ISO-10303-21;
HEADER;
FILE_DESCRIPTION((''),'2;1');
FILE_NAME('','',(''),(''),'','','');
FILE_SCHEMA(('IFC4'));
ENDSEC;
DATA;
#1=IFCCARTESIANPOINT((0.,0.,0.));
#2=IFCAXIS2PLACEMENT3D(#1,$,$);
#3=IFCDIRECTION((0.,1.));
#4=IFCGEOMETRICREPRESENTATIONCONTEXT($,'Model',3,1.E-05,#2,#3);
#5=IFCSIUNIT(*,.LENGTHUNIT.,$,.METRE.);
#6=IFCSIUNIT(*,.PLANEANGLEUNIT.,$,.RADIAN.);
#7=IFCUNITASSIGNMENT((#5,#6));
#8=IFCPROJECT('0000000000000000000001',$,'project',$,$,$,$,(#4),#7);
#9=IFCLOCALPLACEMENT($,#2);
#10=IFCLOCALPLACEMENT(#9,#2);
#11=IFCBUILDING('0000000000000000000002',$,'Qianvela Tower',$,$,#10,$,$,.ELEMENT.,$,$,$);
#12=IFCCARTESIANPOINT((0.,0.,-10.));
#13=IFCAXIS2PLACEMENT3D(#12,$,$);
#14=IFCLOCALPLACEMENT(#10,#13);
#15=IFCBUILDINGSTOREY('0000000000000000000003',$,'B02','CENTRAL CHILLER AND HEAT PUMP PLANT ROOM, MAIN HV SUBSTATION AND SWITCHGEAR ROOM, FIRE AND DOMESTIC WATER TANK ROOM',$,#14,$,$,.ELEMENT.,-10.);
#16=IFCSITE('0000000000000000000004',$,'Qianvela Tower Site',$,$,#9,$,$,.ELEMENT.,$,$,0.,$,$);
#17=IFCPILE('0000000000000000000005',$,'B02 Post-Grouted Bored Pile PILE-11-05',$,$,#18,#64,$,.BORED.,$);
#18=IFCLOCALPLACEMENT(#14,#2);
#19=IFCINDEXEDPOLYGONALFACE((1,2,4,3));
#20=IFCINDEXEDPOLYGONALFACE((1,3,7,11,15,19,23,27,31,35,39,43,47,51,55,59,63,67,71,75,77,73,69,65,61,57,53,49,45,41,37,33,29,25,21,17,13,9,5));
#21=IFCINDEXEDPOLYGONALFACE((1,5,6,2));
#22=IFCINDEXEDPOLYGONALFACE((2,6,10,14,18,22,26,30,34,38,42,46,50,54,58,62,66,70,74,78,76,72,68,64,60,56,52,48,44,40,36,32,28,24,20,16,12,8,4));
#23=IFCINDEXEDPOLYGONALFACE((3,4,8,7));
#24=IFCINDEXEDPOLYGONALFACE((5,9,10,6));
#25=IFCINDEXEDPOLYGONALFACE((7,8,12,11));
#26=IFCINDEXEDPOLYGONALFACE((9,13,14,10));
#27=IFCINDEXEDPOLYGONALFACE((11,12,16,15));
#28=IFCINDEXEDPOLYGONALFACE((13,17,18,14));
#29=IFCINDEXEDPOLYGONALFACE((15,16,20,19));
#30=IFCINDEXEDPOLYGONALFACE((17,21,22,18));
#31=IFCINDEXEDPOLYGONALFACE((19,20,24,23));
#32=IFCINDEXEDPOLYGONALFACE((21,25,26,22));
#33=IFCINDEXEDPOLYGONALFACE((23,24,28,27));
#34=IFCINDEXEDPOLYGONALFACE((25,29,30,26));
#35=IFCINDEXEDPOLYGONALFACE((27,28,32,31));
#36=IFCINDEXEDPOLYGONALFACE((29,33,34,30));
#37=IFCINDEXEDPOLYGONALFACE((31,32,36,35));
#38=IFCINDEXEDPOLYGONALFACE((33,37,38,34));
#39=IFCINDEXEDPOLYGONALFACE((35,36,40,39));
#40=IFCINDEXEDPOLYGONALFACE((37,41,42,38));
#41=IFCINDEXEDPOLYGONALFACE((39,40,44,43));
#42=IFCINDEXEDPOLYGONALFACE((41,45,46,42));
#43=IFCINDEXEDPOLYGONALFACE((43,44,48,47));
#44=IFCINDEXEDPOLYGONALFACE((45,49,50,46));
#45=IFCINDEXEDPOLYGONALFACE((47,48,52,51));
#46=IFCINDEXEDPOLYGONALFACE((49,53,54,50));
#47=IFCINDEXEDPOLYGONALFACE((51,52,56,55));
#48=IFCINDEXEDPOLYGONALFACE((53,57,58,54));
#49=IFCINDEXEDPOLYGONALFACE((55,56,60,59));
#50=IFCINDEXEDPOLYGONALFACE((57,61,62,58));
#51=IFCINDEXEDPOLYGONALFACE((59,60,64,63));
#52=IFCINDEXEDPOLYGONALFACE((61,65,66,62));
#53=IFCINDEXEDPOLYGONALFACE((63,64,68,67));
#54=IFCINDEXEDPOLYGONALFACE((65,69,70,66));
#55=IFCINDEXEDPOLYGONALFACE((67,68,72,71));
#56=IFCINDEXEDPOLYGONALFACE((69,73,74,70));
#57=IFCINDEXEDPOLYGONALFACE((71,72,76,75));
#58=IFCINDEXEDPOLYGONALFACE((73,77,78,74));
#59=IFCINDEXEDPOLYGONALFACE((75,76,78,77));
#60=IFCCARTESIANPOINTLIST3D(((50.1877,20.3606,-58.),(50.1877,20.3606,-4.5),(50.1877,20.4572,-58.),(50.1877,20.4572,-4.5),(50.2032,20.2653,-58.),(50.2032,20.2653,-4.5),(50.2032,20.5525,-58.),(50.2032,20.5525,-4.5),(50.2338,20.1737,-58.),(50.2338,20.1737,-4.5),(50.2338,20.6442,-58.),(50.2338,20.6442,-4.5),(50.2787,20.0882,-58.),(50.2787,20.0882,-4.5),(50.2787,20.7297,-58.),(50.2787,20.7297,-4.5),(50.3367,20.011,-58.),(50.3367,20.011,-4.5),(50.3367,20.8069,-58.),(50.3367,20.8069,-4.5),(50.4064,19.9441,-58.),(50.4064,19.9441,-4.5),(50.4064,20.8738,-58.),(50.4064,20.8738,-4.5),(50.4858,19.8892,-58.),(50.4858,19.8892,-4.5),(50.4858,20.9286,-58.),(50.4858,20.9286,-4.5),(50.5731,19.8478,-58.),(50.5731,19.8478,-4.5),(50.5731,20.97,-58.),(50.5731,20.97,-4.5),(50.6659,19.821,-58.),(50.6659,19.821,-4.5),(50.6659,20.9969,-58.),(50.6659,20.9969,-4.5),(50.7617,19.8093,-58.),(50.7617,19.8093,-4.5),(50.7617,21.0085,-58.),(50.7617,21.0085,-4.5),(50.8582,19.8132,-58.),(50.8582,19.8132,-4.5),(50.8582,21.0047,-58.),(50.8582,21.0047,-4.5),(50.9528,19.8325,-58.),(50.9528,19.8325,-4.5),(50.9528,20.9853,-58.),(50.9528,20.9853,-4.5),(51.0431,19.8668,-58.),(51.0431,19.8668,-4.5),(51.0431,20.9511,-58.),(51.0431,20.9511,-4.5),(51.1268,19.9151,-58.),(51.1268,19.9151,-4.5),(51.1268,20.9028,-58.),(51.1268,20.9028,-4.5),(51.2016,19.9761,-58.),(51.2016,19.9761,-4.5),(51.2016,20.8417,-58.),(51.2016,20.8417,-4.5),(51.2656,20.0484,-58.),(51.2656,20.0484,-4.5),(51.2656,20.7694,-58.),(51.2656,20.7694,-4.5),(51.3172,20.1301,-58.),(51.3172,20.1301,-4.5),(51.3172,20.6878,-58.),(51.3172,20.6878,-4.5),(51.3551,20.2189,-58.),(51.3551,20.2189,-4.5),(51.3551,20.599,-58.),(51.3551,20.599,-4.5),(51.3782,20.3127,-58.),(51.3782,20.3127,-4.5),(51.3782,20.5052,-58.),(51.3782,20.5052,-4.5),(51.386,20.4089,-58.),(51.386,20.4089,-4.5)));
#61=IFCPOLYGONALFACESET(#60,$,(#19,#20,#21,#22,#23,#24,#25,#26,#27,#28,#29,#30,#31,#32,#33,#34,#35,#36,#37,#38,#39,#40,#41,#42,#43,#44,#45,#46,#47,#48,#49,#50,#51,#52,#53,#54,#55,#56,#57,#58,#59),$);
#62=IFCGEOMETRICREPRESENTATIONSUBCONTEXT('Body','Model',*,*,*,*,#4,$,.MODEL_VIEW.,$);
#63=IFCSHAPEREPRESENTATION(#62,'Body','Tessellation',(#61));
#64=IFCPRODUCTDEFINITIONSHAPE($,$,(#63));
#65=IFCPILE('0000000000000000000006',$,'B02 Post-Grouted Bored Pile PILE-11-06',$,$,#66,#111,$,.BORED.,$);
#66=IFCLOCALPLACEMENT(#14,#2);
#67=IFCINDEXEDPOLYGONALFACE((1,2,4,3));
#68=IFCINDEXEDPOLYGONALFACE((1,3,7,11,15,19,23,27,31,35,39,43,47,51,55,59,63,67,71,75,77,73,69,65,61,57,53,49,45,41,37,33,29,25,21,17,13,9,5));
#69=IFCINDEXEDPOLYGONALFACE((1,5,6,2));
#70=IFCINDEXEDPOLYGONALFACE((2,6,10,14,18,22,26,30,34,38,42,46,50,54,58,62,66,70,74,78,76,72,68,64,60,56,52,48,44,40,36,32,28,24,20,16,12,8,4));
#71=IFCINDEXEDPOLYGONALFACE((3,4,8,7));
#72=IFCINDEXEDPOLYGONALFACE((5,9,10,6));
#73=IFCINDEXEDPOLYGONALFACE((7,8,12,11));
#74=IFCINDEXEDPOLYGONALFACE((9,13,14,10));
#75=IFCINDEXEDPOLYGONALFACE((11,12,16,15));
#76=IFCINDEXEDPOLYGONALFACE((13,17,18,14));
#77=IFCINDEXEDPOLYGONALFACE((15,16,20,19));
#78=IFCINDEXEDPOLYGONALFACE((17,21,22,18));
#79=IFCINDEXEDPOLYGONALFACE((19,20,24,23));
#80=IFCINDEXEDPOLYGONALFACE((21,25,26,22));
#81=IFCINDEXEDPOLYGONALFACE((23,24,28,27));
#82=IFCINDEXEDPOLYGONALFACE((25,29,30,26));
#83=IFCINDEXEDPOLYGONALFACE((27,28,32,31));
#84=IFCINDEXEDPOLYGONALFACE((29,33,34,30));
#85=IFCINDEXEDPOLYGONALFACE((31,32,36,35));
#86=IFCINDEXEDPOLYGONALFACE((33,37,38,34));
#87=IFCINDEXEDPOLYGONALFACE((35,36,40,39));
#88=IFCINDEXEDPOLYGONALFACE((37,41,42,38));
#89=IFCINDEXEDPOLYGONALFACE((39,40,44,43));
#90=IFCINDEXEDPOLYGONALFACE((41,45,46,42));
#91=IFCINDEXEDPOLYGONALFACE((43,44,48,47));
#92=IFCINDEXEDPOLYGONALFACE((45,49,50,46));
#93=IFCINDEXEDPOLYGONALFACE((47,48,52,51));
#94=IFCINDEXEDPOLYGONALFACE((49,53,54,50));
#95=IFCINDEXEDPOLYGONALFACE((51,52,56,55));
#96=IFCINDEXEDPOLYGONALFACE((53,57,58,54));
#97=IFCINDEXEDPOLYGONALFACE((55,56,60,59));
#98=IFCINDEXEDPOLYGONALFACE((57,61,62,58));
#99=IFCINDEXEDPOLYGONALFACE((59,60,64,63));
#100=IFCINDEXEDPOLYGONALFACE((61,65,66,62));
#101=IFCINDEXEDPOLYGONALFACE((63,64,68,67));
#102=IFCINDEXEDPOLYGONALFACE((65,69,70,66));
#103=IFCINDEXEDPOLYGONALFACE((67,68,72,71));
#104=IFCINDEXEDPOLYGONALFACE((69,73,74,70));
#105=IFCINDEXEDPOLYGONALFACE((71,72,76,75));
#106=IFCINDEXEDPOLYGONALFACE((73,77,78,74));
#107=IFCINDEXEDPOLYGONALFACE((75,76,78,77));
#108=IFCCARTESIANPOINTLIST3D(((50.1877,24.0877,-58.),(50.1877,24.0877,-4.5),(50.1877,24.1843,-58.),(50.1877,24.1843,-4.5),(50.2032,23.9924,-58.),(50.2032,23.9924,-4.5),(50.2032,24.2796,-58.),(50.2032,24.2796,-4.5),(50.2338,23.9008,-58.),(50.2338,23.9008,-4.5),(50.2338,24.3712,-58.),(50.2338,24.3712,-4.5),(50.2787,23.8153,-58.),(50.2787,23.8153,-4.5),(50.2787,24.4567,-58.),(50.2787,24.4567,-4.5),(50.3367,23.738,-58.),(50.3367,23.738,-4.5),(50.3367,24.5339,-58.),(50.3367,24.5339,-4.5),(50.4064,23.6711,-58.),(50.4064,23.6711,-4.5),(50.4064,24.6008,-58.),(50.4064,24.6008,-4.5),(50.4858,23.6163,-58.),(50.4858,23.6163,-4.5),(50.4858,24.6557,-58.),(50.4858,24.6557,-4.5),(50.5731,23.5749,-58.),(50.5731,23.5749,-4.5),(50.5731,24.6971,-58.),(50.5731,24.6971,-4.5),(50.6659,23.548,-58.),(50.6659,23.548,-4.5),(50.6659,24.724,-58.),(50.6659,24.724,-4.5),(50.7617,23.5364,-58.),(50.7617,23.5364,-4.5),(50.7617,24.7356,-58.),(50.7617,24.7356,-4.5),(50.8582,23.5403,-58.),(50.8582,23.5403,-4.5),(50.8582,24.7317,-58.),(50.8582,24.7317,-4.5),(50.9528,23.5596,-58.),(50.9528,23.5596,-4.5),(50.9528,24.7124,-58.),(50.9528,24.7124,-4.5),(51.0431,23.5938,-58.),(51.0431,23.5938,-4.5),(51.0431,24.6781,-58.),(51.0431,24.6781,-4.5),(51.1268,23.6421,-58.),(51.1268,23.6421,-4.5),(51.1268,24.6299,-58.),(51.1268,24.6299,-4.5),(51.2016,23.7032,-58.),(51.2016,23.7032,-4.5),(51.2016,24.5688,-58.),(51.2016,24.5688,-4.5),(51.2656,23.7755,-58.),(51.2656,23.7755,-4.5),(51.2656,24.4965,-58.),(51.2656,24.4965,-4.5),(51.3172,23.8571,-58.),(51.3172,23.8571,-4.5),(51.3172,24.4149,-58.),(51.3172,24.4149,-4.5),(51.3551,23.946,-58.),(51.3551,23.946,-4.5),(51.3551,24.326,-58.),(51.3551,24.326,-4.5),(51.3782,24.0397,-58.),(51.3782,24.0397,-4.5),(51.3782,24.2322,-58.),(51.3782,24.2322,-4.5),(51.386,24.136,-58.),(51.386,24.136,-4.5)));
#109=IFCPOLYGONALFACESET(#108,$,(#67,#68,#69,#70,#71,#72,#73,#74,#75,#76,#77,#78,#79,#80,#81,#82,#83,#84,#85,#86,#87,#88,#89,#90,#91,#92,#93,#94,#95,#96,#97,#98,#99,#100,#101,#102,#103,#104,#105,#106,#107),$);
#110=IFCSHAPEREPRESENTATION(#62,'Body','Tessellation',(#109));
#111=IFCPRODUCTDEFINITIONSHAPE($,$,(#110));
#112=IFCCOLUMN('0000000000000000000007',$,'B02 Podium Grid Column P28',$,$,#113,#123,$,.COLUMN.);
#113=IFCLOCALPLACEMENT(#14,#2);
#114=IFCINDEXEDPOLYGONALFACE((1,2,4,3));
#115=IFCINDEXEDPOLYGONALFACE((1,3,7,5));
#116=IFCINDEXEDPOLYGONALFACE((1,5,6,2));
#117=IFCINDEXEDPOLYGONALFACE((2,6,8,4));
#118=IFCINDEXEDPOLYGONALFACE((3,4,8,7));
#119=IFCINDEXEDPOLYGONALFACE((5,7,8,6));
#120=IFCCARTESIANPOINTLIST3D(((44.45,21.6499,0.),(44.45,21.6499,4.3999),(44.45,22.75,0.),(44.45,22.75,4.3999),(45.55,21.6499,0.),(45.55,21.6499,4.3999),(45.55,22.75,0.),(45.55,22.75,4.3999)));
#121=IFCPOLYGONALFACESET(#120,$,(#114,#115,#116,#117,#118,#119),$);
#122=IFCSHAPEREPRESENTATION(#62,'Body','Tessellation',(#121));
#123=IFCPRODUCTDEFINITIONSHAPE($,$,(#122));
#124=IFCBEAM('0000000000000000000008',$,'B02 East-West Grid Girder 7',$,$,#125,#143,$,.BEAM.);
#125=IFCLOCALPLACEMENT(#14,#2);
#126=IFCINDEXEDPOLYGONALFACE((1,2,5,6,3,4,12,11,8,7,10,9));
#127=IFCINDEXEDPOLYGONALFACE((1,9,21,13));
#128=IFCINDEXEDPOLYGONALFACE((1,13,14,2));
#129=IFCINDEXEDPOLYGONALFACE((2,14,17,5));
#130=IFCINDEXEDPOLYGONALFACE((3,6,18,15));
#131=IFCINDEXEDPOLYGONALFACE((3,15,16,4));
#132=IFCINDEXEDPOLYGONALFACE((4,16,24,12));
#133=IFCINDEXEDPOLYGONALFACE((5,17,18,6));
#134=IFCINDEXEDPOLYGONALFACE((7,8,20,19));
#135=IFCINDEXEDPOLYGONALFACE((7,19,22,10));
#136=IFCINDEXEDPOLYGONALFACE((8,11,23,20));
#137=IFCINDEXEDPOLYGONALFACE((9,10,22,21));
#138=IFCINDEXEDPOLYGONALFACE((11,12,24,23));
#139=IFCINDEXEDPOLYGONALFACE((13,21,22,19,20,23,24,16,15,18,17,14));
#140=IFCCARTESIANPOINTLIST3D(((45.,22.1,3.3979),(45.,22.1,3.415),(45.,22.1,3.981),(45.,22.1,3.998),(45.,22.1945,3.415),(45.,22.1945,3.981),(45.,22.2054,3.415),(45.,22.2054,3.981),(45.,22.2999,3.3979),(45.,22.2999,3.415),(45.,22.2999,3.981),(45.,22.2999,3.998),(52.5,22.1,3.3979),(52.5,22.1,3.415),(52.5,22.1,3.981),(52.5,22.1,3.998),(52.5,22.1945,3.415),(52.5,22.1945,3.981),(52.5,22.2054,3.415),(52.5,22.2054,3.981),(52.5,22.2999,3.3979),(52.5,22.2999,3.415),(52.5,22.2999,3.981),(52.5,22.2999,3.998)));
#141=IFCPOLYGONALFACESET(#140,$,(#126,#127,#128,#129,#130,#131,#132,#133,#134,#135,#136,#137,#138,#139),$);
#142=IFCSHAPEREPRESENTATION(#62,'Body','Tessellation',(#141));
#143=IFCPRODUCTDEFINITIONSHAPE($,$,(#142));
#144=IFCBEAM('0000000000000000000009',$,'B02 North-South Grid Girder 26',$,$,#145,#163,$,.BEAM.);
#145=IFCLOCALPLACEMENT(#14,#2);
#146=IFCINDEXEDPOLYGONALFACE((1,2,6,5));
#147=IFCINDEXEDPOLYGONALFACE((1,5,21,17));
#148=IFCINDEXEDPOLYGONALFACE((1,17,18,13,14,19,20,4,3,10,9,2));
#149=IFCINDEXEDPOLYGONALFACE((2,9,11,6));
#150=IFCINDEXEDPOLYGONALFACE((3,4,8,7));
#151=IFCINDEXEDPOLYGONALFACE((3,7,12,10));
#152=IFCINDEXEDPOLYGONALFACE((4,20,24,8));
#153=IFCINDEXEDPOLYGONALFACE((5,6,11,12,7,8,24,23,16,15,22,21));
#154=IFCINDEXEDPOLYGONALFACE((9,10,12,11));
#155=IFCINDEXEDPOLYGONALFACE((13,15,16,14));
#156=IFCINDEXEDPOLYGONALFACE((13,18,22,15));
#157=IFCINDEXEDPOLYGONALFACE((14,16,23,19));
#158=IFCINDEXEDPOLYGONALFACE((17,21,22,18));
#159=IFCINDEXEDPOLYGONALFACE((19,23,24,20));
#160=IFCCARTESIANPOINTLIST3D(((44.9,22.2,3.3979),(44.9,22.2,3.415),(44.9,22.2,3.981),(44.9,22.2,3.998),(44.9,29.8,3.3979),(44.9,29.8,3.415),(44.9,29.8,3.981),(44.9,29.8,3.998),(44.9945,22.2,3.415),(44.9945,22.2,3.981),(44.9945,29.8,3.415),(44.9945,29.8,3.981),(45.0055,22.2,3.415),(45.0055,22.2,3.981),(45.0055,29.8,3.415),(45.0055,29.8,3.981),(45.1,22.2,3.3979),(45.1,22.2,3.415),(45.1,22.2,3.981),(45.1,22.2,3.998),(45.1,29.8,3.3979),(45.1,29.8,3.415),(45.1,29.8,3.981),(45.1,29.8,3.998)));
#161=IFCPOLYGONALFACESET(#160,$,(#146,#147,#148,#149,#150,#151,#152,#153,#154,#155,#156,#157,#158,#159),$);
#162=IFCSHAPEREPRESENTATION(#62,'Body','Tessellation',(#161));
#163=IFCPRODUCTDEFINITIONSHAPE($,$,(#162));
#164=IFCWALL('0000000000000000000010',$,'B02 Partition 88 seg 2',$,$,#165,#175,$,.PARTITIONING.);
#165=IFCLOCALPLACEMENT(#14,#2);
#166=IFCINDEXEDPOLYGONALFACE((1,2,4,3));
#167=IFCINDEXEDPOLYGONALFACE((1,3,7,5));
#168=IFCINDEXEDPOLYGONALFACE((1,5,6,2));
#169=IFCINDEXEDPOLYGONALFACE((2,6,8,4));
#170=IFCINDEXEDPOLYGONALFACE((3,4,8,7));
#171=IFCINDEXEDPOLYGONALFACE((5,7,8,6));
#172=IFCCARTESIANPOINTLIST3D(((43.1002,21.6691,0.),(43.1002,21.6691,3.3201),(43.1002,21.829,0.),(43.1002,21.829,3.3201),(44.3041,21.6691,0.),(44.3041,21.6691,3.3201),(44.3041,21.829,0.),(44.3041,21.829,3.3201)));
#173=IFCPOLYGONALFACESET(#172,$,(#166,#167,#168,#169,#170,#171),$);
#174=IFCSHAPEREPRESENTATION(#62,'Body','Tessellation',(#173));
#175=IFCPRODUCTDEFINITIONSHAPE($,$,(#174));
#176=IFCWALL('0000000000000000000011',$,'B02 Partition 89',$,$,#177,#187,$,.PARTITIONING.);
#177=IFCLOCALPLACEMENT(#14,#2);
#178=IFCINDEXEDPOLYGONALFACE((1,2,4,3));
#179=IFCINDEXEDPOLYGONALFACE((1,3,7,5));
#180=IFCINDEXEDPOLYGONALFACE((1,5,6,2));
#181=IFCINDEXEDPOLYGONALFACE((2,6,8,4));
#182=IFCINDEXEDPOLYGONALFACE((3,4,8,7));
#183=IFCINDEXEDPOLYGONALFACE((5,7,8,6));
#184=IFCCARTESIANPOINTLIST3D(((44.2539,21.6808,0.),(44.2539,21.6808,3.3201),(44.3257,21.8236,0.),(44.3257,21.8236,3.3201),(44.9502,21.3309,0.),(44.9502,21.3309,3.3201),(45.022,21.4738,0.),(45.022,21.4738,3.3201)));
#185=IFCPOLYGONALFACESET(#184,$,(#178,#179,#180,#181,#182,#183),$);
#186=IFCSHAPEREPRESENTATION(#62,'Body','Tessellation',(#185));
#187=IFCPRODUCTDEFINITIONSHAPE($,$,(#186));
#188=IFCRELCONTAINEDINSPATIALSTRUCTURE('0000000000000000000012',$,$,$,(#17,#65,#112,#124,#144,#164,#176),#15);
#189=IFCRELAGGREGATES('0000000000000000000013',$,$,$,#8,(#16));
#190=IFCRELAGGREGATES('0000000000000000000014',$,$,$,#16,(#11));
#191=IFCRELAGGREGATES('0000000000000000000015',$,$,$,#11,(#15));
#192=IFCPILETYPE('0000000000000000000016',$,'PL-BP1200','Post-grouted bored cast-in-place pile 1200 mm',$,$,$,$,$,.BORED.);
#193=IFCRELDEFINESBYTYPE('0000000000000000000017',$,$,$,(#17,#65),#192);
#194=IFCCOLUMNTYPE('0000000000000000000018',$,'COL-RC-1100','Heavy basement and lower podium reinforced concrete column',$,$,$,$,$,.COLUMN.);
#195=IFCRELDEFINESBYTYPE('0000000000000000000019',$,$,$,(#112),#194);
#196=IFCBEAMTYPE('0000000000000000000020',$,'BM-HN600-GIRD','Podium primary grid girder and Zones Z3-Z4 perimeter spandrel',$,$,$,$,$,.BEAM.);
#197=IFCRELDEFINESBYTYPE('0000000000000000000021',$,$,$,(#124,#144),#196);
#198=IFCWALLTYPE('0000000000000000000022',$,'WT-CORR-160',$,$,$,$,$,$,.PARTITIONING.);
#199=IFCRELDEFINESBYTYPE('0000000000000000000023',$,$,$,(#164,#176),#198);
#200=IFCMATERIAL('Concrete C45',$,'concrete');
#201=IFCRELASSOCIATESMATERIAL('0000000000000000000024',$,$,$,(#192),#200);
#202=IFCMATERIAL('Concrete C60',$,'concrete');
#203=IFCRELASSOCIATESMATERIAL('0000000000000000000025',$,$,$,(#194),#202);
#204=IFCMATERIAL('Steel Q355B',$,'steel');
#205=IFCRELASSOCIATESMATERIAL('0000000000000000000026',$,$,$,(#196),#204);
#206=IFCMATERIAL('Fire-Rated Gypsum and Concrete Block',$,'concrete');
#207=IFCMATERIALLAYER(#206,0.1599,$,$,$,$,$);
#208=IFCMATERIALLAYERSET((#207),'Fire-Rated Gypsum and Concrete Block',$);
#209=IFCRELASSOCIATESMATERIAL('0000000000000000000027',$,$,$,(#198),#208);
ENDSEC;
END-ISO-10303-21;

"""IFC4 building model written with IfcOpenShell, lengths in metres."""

from ifc_helpers import new_model, si_unit, direction, frame, frame_2d, origin, origin_2d, place, context, subcontext, project, spatial, rectangle, circle, i_section, extrude, material, layer, layer_set, material_profile, profile_set, type_object, element, save


model = new_model("IFC4")

# Units and contexts
model_context = context("Model", 3, precision=1e-05, world=origin(), true_north=direction((0.0, 1.0)))
body_context = subcontext(model_context, "Body", "Model", "MODEL_VIEW")
ifc_project = project(units=[si_unit("LENGTHUNIT", "METRE"), si_unit("PLANEANGLEUNIT", "RADIAN")], contexts=[model_context])

# Site, building, storey
site_placement = place(None, origin())
site = spatial("IfcSite", under=ifc_project, at=site_placement, Name="Qianvela Tower Site", CompositionType="ELEMENT", RefElevation=0.0)
building_placement = place(site_placement, origin())
building = spatial("IfcBuilding", under=site, at=building_placement, Name="Qianvela Tower", CompositionType="ELEMENT")
storey_placement = place(building_placement, frame((0.0, 0.0, -10.0)))
storey = spatial("IfcBuildingStorey", under=building, at=storey_placement, Name="B02", Description="CENTRAL CHILLER AND HEAT PUMP PLANT ROOM, MAIN HV SUBSTATION AND SWITCHGEAR ROOM, FIRE AND DOMESTIC WATER TANK ROOM", CompositionType="ELEMENT", Elevation=-10.0)

# Piles
ifc_material_1 = material(Name="Concrete C45", Category="concrete")
ifc_material_profile_1 = material_profile(ifc_material_1, circle(Radius=0.6001, at=origin_2d()), Name="BP-1200")
ifc_profile_set_1 = profile_set([ifc_material_profile_1], Name="Concrete C45")
pile_type = type_object("IfcPileType", Name="PL-BP1200", Description="Post-grouted bored cast-in-place pile 1200 mm", PredefinedType="BORED", material=ifc_profile_set_1)
for number, where, z_axis, x_axis, name in (
    (1, (50.7859, 20.4089, -4.5), (0.0, 0.0, -1.0), (1.0, 0.0, 0.0), "B02 Post-Grouted Bored Pile PILE-11-05"),
    (2, (50.7859, 24.136, -4.5), (0.0, 0.0, -1.0), (1.0, 0.0, 0.0), "B02 Post-Grouted Bored Pile PILE-11-06"),
):
    element("IfcPile", number, at=place(storey_placement, frame(where, z_axis=z_axis, x_axis=x_axis)), inside=storey, type_object=pile_type, Name=name, PredefinedType="BORED", context=body_context, shape_type="SweptSolid", body=[
        extrude(circle(Radius=0.6001, at=origin_2d()), origin(), (0.0, 0.0, 1.0), 53.5),
    ])

# Column
ifc_material_2 = material(Name="Concrete C60", Category="concrete")
ifc_material_profile_2 = material_profile(ifc_material_2, rectangle(XDim=1.1001, YDim=1.1001, at=origin_2d()), Name="RC-COL-1100x1100")
ifc_profile_set_2 = profile_set([ifc_material_profile_2], Name="Concrete C60")
column_type = type_object("IfcColumnType", Name="COL-RC-1100", Description="Heavy basement and lower podium reinforced concrete column", PredefinedType="COLUMN", material=ifc_profile_set_2)
column_placement = place(storey_placement, frame((45.0, 22.2, 0.0), z_axis=(0.0, 0.0, 1.0), x_axis=(1.0, 0.0, 0.0)))
element("IfcColumn", 3, at=column_placement, inside=storey, type_object=column_type, Name="B02 Podium Grid Column P28", PredefinedType="COLUMN", context=body_context, shape_type="SweptSolid", body=[
    extrude(rectangle(XDim=1.1001, YDim=1.1001, at=origin_2d()), origin(), (0.0, 0.0, 1.0), 4.3999),
])

# Beams
ifc_material_3 = material(Name="Steel Q355B", Category="steel")
ifc_material_profile_3 = material_profile(ifc_material_3, i_section(OverallWidth=0.2, OverallDepth=0.6001, WebThickness=0.011, FlangeThickness=0.0171, at=origin_2d()), Name="HN600x200x11x17")
ifc_profile_set_3 = profile_set([ifc_material_profile_3], Name="Steel Q355B")
beam_type = type_object("IfcBeamType", Name="BM-HN600-GIRD", Description="Podium primary grid girder and Zones Z3-Z4 perimeter spandrel", PredefinedType="BEAM", material=ifc_profile_set_3)
beam_1_placement = place(storey_placement, frame((45.0, 22.2, 3.698), z_axis=(1.0, 0.0, 0.0), x_axis=(0.0, 1.0, 0.0)))
element("IfcBeam", 4, at=beam_1_placement, inside=storey, type_object=beam_type, Name="B02 East-West Grid Girder 7", PredefinedType="BEAM", context=body_context, shape_type="SweptSolid", body=[
    extrude(i_section(OverallWidth=0.2, OverallDepth=0.6001, WebThickness=0.011, FlangeThickness=0.0171, at=origin_2d()), origin(), (0.0, 0.0, 1.0), 7.5),
])
beam_2_placement = place(storey_placement, frame((45.0, 22.2, 3.698), z_axis=(0.0, 1.0, 0.0), x_axis=(-1.0, 0.0, 0.0)))
element("IfcBeam", 5, at=beam_2_placement, inside=storey, type_object=beam_type, Name="B02 North-South Grid Girder 26", PredefinedType="BEAM", context=body_context, shape_type="SweptSolid", body=[
    extrude(i_section(OverallWidth=0.2, OverallDepth=0.6001, WebThickness=0.011, FlangeThickness=0.0171, at=origin_2d()), origin(), (0.0, 0.0, 1.0), 7.6001),
])

# Shared definitions
ifc_material_4 = material(Name="Fire-Rated Gypsum and Concrete Block", Category="concrete")
ifc_layer_1 = layer(ifc_material_4, 0.1599)
ifc_layer_set_1 = layer_set([ifc_layer_1], Name="Fire-Rated Gypsum and Concrete Block")
wall_type_1 = type_object("IfcWallType", Name="WT-CORR-160", PredefinedType="PARTITIONING", material=ifc_layer_set_1)

# Walls
wall_1_placement = place(storey_placement, frame((43.1001, 21.749, 0.0), z_axis=(0.0, 0.0, 1.0), x_axis=(1.0, 0.0, 0.0)))
element("IfcWall", 6, at=wall_1_placement, inside=storey, type_object=wall_type_1, Name="B02 Partition 88 seg 2", PredefinedType="PARTITIONING", context=body_context, shape_type="SweptSolid", body=[
    extrude(rectangle(XDim=1.2039, YDim=0.1599, at=frame_2d((0.6021, 0.0))), origin(), (0.0, 0.0, 1.0), 3.3201),
])
wall_2_placement = place(storey_placement, frame((44.2898, 21.7522, 0.0), z_axis=(0.0, 0.0, 1.0), x_axis=(0.893548, -0.448967, 0.0)))
element("IfcWall", 7, at=wall_2_placement, inside=storey, type_object=wall_type_1, Name="B02 Partition 89", PredefinedType="PARTITIONING", context=body_context, shape_type="SweptSolid", body=[
    extrude(rectangle(XDim=0.7793, YDim=0.1599, at=frame_2d((0.3896, 0.0))), origin(), (0.0, 0.0, 1.0), 3.3201),
])

save(model, "model.ifc")
